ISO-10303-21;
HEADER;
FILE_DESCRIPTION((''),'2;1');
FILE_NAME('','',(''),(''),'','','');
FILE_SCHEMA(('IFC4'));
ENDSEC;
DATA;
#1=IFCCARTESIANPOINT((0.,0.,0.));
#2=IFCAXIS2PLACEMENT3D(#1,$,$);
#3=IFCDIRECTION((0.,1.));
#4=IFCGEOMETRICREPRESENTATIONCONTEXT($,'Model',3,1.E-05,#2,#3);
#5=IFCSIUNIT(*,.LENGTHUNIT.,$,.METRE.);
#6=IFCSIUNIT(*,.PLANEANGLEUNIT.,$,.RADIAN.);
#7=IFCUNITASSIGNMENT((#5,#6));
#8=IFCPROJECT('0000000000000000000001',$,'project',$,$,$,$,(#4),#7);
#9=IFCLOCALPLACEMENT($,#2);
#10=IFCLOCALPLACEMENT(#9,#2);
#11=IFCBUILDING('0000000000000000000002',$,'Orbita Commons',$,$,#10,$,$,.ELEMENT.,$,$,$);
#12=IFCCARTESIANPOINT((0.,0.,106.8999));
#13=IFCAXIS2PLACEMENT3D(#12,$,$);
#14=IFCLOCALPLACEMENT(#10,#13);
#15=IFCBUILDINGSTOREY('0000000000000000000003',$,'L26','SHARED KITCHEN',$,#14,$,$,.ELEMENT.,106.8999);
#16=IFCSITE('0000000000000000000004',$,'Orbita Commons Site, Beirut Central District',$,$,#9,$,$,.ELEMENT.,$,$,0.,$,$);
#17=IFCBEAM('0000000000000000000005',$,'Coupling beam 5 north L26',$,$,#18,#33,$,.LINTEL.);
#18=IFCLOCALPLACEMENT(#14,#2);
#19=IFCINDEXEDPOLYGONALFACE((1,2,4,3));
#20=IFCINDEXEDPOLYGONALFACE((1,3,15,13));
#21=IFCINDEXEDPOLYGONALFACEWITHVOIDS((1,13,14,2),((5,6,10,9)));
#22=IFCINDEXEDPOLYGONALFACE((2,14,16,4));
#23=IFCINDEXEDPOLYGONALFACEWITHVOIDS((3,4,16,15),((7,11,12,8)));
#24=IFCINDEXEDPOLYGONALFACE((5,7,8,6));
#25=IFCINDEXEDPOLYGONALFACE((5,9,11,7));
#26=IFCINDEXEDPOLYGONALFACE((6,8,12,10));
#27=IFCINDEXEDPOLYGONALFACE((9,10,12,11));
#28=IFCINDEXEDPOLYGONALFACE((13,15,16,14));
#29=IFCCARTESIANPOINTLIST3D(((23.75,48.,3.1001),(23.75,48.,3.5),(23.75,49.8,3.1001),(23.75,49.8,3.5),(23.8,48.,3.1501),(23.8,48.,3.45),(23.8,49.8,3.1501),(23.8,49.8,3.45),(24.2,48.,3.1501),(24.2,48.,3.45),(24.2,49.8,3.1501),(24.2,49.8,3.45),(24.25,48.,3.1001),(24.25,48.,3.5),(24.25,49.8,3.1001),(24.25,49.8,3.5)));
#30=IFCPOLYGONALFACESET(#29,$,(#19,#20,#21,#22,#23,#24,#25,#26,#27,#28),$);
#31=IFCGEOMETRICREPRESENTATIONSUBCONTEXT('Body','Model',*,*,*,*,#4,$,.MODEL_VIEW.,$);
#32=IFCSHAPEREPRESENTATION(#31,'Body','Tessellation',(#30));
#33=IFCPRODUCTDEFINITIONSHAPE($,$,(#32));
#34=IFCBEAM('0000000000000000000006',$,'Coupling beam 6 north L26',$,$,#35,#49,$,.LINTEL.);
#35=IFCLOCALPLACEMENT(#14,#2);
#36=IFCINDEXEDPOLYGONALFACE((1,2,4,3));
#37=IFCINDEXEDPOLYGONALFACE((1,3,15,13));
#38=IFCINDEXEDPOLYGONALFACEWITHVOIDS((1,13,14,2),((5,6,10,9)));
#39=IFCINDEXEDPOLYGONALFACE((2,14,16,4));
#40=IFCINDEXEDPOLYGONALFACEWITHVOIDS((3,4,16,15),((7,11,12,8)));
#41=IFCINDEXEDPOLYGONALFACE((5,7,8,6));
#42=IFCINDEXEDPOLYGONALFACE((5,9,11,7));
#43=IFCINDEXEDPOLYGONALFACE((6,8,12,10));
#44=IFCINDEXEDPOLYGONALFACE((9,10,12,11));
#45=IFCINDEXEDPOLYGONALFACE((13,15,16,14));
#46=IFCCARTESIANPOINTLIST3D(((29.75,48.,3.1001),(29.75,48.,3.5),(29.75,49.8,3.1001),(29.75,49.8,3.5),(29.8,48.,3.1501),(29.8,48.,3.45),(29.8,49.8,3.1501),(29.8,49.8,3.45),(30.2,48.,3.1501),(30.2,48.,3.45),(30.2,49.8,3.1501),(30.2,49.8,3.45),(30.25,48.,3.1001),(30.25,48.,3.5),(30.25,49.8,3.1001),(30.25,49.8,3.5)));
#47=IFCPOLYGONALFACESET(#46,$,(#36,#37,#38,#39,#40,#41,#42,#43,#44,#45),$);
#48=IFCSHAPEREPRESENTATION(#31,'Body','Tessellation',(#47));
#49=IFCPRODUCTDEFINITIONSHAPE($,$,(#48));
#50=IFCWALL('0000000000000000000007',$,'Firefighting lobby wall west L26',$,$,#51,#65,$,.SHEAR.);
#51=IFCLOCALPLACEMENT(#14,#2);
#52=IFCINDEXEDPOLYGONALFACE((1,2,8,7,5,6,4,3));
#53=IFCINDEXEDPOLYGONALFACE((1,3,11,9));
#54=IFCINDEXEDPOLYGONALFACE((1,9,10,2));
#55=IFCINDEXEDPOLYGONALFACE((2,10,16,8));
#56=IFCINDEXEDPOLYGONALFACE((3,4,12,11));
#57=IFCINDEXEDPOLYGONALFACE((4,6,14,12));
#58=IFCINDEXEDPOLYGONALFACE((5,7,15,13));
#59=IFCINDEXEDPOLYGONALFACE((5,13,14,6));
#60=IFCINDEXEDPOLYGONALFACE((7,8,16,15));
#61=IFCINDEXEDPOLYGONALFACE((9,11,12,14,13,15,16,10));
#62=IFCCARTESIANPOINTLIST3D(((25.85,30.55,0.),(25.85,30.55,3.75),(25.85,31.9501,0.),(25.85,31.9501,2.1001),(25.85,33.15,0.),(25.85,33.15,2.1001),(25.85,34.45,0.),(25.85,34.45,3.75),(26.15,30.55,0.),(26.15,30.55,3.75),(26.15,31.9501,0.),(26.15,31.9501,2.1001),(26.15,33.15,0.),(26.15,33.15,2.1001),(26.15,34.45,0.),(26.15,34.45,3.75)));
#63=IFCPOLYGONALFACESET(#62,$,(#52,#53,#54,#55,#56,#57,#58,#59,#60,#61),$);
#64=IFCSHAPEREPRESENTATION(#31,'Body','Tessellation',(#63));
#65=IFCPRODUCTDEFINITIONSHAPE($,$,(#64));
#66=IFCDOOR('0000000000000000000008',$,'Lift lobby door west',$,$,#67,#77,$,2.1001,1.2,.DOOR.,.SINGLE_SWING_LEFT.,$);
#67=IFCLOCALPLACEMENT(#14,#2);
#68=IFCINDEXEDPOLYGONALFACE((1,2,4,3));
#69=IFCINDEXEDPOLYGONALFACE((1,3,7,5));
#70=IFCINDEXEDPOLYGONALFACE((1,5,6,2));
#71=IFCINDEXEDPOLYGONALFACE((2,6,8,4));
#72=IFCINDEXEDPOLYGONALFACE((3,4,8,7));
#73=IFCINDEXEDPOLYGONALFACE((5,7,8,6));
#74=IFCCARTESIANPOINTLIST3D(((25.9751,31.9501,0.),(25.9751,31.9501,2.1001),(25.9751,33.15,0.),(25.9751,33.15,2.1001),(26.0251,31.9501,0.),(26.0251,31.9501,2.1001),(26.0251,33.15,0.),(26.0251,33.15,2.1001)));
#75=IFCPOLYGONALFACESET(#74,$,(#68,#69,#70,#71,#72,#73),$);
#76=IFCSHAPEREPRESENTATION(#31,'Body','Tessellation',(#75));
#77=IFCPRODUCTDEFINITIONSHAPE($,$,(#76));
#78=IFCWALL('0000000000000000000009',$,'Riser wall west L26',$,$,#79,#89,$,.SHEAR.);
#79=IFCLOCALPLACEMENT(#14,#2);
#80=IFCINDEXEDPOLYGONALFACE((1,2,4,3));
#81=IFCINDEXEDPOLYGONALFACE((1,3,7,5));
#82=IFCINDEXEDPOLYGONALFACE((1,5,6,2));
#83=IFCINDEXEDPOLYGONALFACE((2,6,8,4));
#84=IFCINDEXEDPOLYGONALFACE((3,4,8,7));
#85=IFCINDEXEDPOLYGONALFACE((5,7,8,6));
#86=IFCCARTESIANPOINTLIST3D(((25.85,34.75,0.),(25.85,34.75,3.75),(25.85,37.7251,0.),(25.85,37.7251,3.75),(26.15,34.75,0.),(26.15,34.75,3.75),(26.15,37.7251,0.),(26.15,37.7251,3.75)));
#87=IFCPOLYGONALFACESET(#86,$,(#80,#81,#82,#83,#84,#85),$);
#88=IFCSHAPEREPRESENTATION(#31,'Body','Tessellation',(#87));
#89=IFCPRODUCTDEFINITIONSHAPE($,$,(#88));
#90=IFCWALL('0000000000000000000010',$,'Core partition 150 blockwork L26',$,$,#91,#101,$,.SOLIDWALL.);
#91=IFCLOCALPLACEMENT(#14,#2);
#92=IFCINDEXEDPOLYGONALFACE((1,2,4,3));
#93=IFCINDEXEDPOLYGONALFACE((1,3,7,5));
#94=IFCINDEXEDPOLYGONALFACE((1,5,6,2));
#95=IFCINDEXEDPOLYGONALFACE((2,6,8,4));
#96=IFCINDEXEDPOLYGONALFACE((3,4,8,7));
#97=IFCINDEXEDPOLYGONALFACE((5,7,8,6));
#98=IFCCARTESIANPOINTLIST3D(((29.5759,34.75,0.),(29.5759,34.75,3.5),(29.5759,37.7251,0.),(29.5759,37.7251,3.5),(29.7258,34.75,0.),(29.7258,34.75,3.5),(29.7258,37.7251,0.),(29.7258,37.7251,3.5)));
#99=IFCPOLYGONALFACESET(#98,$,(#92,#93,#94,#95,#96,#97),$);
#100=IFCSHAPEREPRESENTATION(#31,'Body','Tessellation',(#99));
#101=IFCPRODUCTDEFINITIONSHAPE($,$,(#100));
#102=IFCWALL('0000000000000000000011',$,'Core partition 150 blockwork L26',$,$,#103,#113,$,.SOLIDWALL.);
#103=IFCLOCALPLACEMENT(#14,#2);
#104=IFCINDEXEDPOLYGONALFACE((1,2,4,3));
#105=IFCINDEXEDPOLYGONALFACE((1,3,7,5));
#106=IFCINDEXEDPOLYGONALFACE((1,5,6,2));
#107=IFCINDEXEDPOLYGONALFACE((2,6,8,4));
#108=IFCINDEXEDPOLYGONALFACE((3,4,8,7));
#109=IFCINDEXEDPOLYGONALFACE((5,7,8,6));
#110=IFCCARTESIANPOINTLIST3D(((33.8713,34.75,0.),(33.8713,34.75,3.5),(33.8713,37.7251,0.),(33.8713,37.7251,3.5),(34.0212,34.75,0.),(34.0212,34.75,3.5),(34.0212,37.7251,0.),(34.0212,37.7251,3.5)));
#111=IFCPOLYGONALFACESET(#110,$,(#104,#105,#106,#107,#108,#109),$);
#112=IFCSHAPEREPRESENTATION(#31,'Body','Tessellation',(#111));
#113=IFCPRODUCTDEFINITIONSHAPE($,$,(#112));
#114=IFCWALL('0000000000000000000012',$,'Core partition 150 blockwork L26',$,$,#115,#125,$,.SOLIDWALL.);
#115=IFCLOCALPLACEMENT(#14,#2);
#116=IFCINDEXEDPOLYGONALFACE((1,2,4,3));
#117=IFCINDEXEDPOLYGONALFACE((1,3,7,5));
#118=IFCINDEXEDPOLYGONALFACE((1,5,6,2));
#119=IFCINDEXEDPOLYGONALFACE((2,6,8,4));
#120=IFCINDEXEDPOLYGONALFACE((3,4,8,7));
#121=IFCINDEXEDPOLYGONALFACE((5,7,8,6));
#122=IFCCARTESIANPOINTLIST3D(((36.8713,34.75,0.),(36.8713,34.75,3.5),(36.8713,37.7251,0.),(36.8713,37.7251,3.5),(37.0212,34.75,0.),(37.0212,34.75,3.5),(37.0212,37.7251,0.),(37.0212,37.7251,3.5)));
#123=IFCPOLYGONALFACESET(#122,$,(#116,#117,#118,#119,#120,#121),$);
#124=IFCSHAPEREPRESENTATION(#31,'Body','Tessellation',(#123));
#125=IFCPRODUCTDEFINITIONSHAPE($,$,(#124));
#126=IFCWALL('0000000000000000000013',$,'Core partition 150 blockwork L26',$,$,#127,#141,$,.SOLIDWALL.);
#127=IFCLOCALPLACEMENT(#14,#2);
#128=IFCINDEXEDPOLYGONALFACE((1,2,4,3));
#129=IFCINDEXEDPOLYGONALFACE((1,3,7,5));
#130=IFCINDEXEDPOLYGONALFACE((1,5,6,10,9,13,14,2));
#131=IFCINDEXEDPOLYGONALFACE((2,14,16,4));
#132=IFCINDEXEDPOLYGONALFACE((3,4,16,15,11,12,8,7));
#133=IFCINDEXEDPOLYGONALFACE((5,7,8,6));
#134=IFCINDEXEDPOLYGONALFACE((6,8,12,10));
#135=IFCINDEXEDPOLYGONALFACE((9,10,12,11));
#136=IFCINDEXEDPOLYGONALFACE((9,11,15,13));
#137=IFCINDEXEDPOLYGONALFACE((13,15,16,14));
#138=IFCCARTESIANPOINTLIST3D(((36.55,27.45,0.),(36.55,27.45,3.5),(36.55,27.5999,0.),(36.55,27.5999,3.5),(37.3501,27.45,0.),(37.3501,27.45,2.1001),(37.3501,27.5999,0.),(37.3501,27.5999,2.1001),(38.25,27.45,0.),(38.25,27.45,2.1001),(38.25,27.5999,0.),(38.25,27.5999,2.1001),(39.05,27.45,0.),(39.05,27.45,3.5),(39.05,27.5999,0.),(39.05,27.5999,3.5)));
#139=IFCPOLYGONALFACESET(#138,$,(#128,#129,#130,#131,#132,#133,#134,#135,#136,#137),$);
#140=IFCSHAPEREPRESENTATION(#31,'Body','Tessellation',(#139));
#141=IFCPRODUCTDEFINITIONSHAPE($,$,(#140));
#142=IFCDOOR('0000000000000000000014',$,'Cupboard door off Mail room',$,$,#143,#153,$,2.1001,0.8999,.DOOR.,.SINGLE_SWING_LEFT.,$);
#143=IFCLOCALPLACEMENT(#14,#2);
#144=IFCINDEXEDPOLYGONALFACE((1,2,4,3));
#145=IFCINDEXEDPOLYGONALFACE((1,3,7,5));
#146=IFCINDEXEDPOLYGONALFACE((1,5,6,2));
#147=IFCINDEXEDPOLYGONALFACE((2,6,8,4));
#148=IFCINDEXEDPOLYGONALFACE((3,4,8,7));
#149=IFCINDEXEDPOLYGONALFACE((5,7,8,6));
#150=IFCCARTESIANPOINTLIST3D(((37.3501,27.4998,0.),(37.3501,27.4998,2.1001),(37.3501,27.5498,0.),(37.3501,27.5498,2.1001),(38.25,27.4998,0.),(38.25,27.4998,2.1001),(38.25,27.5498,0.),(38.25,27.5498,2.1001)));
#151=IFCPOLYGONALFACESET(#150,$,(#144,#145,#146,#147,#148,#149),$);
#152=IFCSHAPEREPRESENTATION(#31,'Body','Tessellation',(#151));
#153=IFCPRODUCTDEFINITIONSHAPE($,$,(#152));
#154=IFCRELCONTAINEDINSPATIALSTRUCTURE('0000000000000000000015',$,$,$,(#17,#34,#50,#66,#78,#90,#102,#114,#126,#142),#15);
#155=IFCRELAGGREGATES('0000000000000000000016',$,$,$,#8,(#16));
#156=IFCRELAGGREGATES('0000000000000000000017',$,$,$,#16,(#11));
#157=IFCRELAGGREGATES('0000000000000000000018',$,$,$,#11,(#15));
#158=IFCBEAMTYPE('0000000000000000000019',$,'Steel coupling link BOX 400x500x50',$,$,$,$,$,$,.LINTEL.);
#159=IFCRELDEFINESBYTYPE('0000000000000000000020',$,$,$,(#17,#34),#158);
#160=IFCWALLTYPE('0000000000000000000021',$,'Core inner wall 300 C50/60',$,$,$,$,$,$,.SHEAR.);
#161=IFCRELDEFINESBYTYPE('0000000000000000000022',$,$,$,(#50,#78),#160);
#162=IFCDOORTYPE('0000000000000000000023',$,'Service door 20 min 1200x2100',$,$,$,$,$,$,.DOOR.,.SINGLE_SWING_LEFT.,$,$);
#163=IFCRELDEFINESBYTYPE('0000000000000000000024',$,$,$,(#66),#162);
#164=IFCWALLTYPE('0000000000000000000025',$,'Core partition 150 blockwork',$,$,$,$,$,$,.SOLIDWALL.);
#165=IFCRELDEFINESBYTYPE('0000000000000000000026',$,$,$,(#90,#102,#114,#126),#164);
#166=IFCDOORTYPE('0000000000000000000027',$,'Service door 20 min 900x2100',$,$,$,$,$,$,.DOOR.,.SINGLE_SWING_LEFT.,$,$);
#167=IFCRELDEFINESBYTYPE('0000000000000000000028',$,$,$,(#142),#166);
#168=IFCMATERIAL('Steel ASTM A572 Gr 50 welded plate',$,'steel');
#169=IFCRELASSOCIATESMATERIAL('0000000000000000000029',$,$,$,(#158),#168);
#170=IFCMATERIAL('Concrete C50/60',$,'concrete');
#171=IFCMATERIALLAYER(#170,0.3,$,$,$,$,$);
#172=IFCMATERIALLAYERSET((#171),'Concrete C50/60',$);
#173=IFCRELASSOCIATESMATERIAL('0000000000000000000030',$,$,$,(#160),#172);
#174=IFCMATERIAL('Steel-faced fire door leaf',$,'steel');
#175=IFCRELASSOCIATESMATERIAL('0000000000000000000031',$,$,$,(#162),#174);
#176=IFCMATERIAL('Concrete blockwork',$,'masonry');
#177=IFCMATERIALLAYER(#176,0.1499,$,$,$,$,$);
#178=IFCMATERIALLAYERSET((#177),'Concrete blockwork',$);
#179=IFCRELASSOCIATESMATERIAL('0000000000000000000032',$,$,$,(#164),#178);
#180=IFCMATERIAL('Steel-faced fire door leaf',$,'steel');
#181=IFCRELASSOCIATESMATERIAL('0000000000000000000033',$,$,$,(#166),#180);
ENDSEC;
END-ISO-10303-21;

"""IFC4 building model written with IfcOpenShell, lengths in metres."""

from ifc_helpers import new_model, si_unit, direction, frame, frame_2d, origin, origin_2d, place, context, subcontext, project, spatial, rectangle, hollow_rectangle, extrude, material, layer, layer_set, material_profile, profile_set, type_object, element, fill, save


model = new_model("IFC4")

# Units and contexts
model_context = context("Model", 3, precision=1e-05, world=origin(), true_north=direction((0.0, 1.0)))
body_context = subcontext(model_context, "Body", "Model", "MODEL_VIEW")
ifc_project = project(units=[si_unit("LENGTHUNIT", "METRE"), si_unit("PLANEANGLEUNIT", "RADIAN")], contexts=[model_context])

# Site, building, storey
site_placement = place(None, origin())
site = spatial("IfcSite", under=ifc_project, at=site_placement, Name="Orbita Commons Site, Beirut Central District", CompositionType="ELEMENT", RefElevation=0.0)
building_placement = place(site_placement, origin())
building = spatial("IfcBuilding", under=site, at=building_placement, Name="Orbita Commons", CompositionType="ELEMENT")
storey_placement = place(building_placement, frame((0.0, 0.0, 106.8999)))
storey = spatial("IfcBuildingStorey", under=building, at=storey_placement, Name="L26", Description="SHARED KITCHEN", CompositionType="ELEMENT", Elevation=106.8999)

# Beams
ifc_material_1 = material(Name="Steel ASTM A572 Gr 50 welded plate", Category="steel")
ifc_material_profile = material_profile(ifc_material_1, hollow_rectangle(XDim=0.5, YDim=0.3999, WallThickness=0.05, at=origin_2d()), Name="BOX 400x500x50")
ifc_profile_set = profile_set([ifc_material_profile], Name="Steel ASTM A572 Gr 50 welded plate")
beam_type = type_object("IfcBeamType", Name="Steel coupling link BOX 400x500x50", PredefinedType="LINTEL", material=ifc_profile_set)
for number, where, z_axis, x_axis, name in (
    (1, (24.0, 48.0, 3.3), (0.0, 1.0, 0.0), (-1.0, 0.0, 0.0), "Coupling beam 5 north L26"),
    (2, (30.0, 48.0, 3.3), (0.0, 1.0, 0.0), (-1.0, 0.0, 0.0), "Coupling beam 6 north L26"),
):
    element("IfcBeam", number, at=place(storey_placement, frame(where, z_axis=z_axis, x_axis=x_axis)), inside=storey, type_object=beam_type, Name=name, PredefinedType="LINTEL", context=body_context, shape_type="SweptSolid", body=[
        extrude(hollow_rectangle(XDim=0.5, YDim=0.3999, WallThickness=0.05, at=origin_2d()), origin(), (0.0, 0.0, 1.0), 1.8),
    ])

# Wall, opening, door
ifc_material_2 = material(Name="Concrete C50/60", Category="concrete")
ifc_layer_1 = layer(ifc_material_2, 0.3)
ifc_layer_set_1 = layer_set([ifc_layer_1], Name="Concrete C50/60")
wall_type_1 = type_object("IfcWallType", Name="Core inner wall 300 C50/60", PredefinedType="SHEAR", material=ifc_layer_set_1)
wall_1_placement = place(storey_placement, frame((26.0, 30.55, 0.0), z_axis=(0.0, 0.0, 1.0), x_axis=(0.0, 1.0, 0.0)))
wall_1 = element("IfcWall", 3, at=wall_1_placement, inside=storey, type_object=wall_type_1, Name="Firefighting lobby wall west L26", PredefinedType="SHEAR", context=body_context, shape_type="SweptSolid", body=[
    extrude(rectangle(XDim=3.8999, YDim=0.3, at=frame_2d((1.95, 0.0))), origin(), (0.0, 0.0, 1.0), 3.75),
])
opening_1_placement = place(wall_1_placement, frame((1.3999, 0.0, 0.0)))
opening_1 = element("IfcOpeningElement", 4, at=opening_1_placement, cuts=wall_1, PredefinedType="OPENING", context=body_context, shape_type="SweptSolid", body=[
    extrude(rectangle(XDim=1.2, YDim=2.1001, at=frame_2d((0.6001, 1.05))), frame((0.0, 0.1599, 0.0), z_axis=(0.0, -1.0, 0.0), x_axis=(1.0, 0.0, 0.0)), (0.0, 0.0, 1.0), 0.3201),
])
ifc_material_3 = material(Name="Steel-faced fire door leaf", Category="steel")
door_type_1 = type_object("IfcDoorType", Name="Service door 20 min 1200x2100", OperationType="SINGLE_SWING_LEFT", PredefinedType="DOOR", material=ifc_material_3)
door_1_placement = place(opening_1_placement, origin())
door_1 = element("IfcDoor", 5, at=door_1_placement, inside=storey, type_object=door_type_1, Name="Lift lobby door west", OperationType="SINGLE_SWING_LEFT", OverallHeight=2.1001, OverallWidth=1.2, PredefinedType="DOOR", context=body_context, shape_type="SweptSolid", body=[
    extrude(rectangle(XDim=1.2, YDim=2.1001, at=frame_2d((0.6001, 1.05))), frame((0.0, 0.0249, 0.0), z_axis=(0.0, -1.0, 0.0), x_axis=(1.0, 0.0, 0.0)), (0.0, 0.0, 1.0), 0.05),
])
fill(opening_1, door_1)

# Walls
wall_2_placement = place(storey_placement, frame((26.0, 34.75, 0.0), z_axis=(0.0, 0.0, 1.0), x_axis=(0.0, 1.0, 0.0)))
element("IfcWall", 6, at=wall_2_placement, inside=storey, type_object=wall_type_1, Name="Riser wall west L26", PredefinedType="SHEAR", context=body_context, shape_type="SweptSolid", body=[
    extrude(rectangle(XDim=2.9751, YDim=0.3, at=frame_2d((1.4875, 0.0))), origin(), (0.0, 0.0, 1.0), 3.75),
])
ifc_material_4 = material(Name="Concrete blockwork", Category="masonry")
ifc_layer_2 = layer(ifc_material_4, 0.1499)
ifc_layer_set_2 = layer_set([ifc_layer_2], Name="Concrete blockwork")
wall_type_2 = type_object("IfcWallType", Name="Core partition 150 blockwork", PredefinedType="SOLIDWALL", material=ifc_layer_set_2)
for number, where, z_axis, x_axis, name in (
    (7, (29.6509, 34.75, 0.0), (0.0, 0.0, 1.0), (0.0, 1.0, 0.0), "Core partition 150 blockwork L26"),
    (8, (33.9463, 34.75, 0.0), (0.0, 0.0, 1.0), (0.0, 1.0, 0.0), "Core partition 150 blockwork L26"),
    (9, (36.9463, 34.75, 0.0), (0.0, 0.0, 1.0), (0.0, 1.0, 0.0), "Core partition 150 blockwork L26"),
):
    element("IfcWall", number, at=place(storey_placement, frame(where, z_axis=z_axis, x_axis=x_axis)), inside=storey, type_object=wall_type_2, Name=name, PredefinedType="SOLIDWALL", context=body_context, shape_type="SweptSolid", body=[
        extrude(rectangle(XDim=2.9751, YDim=0.1499, at=frame_2d((1.4875, 0.0))), origin(), (0.0, 0.0, 1.0), 3.5),
    ])

# Wall, opening, door
wall_3_placement = place(storey_placement, frame((36.55, 27.5249, 0.0), z_axis=(0.0, 0.0, 1.0), x_axis=(1.0, 0.0, 0.0)))
wall_3 = element("IfcWall", 10, at=wall_3_placement, inside=storey, type_object=wall_type_2, Name="Core partition 150 blockwork L26", PredefinedType="SOLIDWALL", context=body_context, shape_type="SweptSolid", body=[
    extrude(rectangle(XDim=2.5, YDim=0.1499, at=frame_2d((1.25, 0.0))), origin(), (0.0, 0.0, 1.0), 3.5),
])
opening_2_placement = place(wall_3_placement, frame((0.8, 0.0, 0.0)))
opening_2 = element("IfcOpeningElement", 11, at=opening_2_placement, cuts=wall_3, PredefinedType="OPENING", context=body_context, shape_type="SweptSolid", body=[
    extrude(rectangle(XDim=0.8999, YDim=2.1001, at=frame_2d((0.45, 1.05))), frame((0.0, 0.085, 0.0), z_axis=(0.0, -1.0, 0.0), x_axis=(1.0, 0.0, 0.0)), (0.0, 0.0, 1.0), 0.1699),
])
ifc_material_5 = material(Name="Steel-faced fire door leaf", Category="steel")
door_type_2 = type_object("IfcDoorType", Name="Service door 20 min 900x2100", OperationType="SINGLE_SWING_LEFT", PredefinedType="DOOR", material=ifc_material_5)
door_2_placement = place(opening_2_placement, origin())
door_2 = element("IfcDoor", 12, at=door_2_placement, inside=storey, type_object=door_type_2, Name="Cupboard door off Mail room", OperationType="SINGLE_SWING_LEFT", OverallHeight=2.1001, OverallWidth=0.8999, PredefinedType="DOOR", context=body_context, shape_type="SweptSolid", body=[
    extrude(rectangle(XDim=0.8999, YDim=2.1001, at=frame_2d((0.45, 1.05))), frame((0.0, 0.0249, 0.0), z_axis=(0.0, -1.0, 0.0), x_axis=(1.0, 0.0, 0.0)), (0.0, 0.0, 1.0), 0.05),
])
fill(opening_2, door_2)

save(model, "model.ifc")
